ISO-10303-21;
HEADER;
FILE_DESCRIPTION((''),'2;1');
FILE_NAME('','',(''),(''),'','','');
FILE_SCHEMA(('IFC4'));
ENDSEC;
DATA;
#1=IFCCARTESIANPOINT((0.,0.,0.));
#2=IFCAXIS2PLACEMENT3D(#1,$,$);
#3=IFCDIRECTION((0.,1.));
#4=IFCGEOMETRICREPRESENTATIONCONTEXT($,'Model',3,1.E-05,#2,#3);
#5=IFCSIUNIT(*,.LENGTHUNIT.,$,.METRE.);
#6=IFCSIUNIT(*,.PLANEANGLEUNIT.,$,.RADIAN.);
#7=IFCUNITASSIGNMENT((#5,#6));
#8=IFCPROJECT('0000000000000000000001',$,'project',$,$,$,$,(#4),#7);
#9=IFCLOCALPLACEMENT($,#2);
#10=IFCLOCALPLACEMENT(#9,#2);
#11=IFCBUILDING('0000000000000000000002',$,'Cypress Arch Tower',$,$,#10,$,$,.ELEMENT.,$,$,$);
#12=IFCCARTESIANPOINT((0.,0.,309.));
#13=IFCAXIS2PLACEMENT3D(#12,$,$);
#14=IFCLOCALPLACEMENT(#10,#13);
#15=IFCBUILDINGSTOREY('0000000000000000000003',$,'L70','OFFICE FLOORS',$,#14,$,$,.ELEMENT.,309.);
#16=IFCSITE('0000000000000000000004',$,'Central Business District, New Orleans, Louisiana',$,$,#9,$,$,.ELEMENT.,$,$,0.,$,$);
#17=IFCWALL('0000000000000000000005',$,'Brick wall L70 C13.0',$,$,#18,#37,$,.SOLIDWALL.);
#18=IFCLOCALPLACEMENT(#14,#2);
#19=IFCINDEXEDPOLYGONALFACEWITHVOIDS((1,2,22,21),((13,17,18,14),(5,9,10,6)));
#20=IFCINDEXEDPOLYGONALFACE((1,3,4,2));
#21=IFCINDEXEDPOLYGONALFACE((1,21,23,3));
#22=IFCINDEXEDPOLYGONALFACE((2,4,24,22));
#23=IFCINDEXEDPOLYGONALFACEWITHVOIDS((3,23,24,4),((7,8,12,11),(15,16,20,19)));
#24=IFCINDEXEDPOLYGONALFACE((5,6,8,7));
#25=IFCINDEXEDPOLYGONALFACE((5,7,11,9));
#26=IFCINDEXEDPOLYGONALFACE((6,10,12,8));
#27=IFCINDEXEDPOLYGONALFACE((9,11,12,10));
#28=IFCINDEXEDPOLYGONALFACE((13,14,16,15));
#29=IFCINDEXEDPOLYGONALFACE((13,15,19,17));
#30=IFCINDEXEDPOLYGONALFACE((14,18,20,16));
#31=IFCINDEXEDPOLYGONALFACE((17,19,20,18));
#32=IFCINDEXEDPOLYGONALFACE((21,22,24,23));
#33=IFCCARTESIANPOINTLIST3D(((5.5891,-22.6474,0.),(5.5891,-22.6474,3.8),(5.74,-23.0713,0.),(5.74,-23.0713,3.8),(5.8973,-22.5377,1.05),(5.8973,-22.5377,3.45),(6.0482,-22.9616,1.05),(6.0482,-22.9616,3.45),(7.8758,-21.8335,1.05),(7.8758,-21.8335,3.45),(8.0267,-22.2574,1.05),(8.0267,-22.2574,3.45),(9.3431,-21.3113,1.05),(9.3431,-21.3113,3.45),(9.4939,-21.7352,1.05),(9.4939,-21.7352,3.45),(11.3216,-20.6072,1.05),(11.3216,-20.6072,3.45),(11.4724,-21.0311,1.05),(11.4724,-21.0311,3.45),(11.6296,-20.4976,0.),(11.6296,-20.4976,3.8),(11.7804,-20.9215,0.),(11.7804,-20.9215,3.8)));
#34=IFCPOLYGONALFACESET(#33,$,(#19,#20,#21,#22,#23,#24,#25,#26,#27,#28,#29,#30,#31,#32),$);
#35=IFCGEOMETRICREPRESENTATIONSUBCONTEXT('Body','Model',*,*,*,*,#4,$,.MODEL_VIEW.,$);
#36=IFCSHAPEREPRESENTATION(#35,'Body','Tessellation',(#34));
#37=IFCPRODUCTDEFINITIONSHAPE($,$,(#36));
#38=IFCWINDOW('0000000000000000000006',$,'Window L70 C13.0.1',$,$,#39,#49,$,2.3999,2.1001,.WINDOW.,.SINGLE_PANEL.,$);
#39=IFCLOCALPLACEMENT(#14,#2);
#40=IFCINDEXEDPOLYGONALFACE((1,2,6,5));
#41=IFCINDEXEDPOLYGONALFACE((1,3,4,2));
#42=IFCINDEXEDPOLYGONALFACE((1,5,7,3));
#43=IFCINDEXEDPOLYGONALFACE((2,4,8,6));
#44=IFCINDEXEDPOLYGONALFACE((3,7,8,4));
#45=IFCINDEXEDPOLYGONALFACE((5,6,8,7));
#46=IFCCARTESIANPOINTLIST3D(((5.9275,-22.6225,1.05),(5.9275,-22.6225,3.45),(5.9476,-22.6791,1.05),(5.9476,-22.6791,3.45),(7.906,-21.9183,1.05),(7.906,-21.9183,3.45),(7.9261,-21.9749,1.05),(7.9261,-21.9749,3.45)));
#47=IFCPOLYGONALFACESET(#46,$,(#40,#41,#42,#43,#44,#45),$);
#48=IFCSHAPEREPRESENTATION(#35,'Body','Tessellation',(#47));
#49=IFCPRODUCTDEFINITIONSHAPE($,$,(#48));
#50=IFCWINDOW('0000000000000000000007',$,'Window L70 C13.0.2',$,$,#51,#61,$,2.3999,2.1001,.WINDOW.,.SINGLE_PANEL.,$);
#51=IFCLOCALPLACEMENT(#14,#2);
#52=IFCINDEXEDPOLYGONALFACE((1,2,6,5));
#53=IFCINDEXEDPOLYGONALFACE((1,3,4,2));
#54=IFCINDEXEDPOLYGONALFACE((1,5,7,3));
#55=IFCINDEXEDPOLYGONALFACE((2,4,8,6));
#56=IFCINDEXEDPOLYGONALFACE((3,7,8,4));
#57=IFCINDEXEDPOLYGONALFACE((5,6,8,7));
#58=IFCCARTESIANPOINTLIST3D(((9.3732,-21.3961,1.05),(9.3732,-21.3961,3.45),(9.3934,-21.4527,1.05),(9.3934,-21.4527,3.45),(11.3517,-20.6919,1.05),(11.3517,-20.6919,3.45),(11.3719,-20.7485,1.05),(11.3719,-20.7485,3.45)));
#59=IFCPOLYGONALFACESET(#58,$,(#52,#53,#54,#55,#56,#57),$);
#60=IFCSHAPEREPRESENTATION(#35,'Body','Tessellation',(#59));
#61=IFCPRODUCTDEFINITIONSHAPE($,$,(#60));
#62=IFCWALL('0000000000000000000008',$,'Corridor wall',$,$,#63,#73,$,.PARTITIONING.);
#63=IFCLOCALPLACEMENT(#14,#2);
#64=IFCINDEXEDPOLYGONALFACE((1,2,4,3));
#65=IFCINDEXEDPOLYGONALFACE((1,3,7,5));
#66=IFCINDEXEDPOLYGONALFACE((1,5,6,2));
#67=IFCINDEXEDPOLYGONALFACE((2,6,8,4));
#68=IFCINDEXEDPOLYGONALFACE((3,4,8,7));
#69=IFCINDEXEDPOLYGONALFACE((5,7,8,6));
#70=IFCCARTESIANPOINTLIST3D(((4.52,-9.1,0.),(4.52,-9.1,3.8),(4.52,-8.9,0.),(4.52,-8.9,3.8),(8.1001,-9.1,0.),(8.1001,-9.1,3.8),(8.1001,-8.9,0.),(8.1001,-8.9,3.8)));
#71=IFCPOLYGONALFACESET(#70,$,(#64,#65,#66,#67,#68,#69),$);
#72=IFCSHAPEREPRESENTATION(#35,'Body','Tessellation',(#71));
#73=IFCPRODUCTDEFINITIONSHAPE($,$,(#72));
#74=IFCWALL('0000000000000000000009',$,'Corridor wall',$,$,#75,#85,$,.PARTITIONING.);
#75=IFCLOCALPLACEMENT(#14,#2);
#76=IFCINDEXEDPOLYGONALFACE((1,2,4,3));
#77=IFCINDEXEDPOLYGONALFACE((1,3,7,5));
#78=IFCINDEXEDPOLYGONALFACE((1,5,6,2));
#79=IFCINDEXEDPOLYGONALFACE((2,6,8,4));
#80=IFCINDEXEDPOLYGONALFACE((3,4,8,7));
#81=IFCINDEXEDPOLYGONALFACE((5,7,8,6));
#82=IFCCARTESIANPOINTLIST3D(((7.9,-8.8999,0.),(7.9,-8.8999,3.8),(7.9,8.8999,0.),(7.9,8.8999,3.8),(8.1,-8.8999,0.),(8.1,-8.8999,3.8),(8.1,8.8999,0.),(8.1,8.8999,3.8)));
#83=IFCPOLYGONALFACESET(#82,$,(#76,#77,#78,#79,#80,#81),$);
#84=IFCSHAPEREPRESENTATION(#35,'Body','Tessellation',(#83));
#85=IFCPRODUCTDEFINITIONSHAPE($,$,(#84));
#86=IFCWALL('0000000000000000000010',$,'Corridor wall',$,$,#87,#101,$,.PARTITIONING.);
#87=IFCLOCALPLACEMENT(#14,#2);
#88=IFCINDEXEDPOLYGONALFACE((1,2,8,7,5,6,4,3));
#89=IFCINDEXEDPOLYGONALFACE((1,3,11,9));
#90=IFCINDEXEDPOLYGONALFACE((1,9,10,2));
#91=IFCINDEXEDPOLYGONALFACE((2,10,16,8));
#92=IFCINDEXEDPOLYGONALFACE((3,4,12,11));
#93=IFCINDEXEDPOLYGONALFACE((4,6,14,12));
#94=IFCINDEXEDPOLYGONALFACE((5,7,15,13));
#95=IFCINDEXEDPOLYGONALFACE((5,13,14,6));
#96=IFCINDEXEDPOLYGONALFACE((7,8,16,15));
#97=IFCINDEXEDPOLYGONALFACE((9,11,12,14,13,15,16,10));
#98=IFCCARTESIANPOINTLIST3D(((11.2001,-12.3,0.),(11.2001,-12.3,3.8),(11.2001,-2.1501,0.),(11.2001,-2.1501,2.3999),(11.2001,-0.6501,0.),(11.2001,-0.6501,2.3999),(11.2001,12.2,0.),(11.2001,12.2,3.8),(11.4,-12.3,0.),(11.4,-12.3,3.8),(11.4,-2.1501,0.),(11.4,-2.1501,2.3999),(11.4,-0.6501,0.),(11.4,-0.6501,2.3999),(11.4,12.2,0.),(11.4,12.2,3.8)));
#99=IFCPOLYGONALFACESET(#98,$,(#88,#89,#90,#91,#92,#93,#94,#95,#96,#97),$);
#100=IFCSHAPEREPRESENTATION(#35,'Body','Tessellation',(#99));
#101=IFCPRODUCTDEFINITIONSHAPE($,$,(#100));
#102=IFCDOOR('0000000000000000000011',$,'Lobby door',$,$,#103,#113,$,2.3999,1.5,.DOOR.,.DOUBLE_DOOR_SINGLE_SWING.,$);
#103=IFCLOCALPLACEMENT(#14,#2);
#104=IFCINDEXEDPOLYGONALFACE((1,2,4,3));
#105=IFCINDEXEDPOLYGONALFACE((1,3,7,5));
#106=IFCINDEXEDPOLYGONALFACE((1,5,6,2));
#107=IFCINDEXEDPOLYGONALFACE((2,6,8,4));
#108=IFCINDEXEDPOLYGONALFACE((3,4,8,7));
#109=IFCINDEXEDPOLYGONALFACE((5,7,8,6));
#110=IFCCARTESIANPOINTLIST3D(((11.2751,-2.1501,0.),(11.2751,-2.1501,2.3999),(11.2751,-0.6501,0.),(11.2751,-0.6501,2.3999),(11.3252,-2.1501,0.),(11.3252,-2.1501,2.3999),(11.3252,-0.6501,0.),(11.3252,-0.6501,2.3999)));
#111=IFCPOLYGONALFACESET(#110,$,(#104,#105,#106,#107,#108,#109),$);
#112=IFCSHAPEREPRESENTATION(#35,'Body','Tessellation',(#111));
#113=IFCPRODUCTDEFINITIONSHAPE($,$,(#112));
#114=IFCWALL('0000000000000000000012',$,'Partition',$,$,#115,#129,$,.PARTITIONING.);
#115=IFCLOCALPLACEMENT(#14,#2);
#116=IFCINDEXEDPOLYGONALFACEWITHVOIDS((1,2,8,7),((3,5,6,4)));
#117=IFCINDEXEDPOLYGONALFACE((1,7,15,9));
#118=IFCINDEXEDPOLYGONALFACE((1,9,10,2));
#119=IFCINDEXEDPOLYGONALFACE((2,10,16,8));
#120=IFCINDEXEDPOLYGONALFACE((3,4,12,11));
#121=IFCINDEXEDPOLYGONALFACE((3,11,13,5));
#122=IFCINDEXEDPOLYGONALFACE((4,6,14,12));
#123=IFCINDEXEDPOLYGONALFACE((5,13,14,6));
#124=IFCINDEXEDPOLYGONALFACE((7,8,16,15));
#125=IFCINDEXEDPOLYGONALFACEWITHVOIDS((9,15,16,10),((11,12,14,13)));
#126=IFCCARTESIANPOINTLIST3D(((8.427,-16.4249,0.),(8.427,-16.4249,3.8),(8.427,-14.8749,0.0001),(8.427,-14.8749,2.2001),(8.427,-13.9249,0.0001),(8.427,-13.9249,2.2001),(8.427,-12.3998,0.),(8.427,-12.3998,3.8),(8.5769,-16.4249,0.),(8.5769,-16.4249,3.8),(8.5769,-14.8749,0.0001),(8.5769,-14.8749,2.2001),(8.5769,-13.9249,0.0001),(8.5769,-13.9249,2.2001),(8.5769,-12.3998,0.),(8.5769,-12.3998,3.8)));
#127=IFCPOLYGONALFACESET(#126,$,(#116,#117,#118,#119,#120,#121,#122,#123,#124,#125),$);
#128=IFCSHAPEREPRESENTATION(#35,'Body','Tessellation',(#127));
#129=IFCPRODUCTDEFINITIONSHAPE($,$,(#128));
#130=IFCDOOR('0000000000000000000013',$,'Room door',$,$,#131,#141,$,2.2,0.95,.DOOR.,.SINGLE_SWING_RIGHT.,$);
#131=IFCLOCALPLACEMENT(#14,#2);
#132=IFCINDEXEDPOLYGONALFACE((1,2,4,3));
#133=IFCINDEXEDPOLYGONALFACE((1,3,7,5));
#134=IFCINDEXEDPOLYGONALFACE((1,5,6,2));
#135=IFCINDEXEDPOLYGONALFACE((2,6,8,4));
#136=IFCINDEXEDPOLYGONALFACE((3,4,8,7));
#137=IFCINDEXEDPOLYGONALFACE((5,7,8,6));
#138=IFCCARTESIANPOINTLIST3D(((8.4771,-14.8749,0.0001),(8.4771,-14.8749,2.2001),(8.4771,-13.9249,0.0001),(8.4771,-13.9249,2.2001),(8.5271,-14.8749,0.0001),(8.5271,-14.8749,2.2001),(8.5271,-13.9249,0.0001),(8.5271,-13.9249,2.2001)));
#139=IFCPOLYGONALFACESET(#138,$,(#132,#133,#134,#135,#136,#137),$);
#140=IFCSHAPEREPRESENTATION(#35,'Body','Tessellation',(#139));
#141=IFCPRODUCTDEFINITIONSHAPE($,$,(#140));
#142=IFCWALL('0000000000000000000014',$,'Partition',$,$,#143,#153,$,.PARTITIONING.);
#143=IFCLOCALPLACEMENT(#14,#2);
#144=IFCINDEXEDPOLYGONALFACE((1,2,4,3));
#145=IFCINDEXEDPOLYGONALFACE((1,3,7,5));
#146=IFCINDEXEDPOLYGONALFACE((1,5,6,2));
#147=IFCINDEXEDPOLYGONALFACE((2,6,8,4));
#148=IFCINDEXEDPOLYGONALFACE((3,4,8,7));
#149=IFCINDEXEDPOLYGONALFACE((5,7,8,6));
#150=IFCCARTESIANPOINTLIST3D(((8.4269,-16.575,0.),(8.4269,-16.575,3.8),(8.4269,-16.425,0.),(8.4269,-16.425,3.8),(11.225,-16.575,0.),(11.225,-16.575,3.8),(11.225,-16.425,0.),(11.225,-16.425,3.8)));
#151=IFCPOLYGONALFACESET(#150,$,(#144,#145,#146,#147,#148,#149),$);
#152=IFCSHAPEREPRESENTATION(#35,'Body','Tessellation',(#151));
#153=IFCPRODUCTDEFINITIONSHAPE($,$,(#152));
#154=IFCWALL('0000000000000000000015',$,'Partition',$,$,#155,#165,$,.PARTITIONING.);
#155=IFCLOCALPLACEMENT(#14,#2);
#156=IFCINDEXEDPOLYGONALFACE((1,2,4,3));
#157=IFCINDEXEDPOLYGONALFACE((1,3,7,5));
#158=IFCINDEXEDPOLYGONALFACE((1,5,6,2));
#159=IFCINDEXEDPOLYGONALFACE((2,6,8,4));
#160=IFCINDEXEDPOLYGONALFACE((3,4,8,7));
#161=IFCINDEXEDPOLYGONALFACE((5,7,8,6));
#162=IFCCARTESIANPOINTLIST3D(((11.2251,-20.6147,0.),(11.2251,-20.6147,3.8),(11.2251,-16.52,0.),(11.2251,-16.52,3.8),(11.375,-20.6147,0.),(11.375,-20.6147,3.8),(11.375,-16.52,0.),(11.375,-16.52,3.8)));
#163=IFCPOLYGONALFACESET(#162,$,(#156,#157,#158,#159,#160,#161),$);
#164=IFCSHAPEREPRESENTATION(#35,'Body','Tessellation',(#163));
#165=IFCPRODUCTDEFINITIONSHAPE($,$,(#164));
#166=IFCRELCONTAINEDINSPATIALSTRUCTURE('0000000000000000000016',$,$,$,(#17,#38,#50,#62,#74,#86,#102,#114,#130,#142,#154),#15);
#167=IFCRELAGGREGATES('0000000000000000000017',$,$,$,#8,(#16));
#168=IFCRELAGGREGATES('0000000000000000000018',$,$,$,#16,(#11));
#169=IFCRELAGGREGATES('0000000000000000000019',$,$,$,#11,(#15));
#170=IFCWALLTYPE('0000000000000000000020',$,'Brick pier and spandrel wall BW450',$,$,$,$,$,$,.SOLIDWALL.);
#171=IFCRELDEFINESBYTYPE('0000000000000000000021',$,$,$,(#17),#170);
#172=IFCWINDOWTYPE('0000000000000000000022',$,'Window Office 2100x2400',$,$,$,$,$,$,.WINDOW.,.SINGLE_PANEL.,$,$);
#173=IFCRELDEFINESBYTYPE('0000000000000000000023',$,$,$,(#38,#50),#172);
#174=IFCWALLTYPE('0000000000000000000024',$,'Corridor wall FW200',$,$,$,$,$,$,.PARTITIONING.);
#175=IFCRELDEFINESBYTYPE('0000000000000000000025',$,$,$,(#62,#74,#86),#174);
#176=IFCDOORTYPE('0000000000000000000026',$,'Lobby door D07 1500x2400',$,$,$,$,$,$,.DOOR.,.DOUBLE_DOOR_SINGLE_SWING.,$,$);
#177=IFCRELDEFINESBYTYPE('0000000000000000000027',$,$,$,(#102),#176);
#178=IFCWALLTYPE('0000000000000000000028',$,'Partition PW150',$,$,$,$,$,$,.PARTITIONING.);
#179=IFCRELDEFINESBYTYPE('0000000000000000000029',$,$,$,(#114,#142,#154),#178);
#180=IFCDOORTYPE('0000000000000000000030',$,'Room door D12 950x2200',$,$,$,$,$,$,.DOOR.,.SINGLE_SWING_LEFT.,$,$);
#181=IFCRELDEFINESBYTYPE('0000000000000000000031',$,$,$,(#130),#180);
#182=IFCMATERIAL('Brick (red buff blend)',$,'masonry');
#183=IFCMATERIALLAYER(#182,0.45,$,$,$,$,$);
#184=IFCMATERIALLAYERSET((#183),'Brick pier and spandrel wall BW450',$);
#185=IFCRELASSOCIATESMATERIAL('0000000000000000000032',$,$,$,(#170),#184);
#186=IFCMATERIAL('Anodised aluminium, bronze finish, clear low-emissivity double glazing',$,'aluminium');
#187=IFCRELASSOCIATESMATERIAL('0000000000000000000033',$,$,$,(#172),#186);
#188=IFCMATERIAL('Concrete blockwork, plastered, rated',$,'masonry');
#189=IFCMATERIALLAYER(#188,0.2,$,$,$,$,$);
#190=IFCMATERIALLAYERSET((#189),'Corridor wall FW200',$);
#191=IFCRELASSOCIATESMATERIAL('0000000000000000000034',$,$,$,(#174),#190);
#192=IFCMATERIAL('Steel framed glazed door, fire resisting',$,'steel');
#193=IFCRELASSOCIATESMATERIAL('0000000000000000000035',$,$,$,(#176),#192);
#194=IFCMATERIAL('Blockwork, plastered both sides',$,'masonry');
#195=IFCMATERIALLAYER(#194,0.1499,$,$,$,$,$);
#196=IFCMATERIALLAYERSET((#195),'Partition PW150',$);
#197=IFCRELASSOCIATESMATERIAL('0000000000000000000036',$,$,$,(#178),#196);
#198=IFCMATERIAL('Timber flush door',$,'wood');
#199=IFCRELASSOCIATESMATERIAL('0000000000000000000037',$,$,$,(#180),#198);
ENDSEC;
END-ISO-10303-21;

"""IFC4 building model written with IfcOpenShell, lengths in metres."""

from ifc_helpers import new_model, si_unit, direction, frame, frame_2d, origin, place, context, subcontext, project, spatial, rectangle, extrude, material, layer, layer_set, type_object, element, fill, save


model = new_model("IFC4")

# Units and contexts
model_context = context("Model", 3, precision=1e-05, world=origin(), true_north=direction((0.0, 1.0)))
body_context = subcontext(model_context, "Body", "Model", "MODEL_VIEW")
ifc_project = project(units=[si_unit("LENGTHUNIT", "METRE"), si_unit("PLANEANGLEUNIT", "RADIAN")], contexts=[model_context])

# Site, building, storey
site_placement = place(None, origin())
site = spatial("IfcSite", under=ifc_project, at=site_placement, Name="Central Business District, New Orleans, Louisiana", CompositionType="ELEMENT", RefElevation=0.0)
building_placement = place(site_placement, origin())
building = spatial("IfcBuilding", under=site, at=building_placement, Name="Cypress Arch Tower", CompositionType="ELEMENT")
storey_placement = place(building_placement, frame((0.0, 0.0, 309.0)))
storey = spatial("IfcBuildingStorey", under=building, at=storey_placement, Name="L70", Description="OFFICE FLOORS", CompositionType="ELEMENT", Elevation=309.0)

# Wall, openings, windows
ifc_material_1 = material(Name="Brick (red buff blend)", Category="masonry")
ifc_layer_1 = layer(ifc_material_1, 0.45)
ifc_layer_set_1 = layer_set([ifc_layer_1], Name="Brick pier and spandrel wall BW450")
wall_type_1 = type_object("IfcWallType", Name="Brick pier and spandrel wall BW450", PredefinedType="SOLIDWALL", material=ifc_layer_set_1)
wall_1_placement = place(storey_placement, frame((5.6646, -22.8594, 0.0), z_axis=(0.0, 0.0, 1.0), x_axis=(0.942108, 0.335309, 0.0)))
wall_1 = element("IfcWall", 1, at=wall_1_placement, inside=storey, type_object=wall_type_1, Name="Brick wall L70 C13.0", PredefinedType="SOLIDWALL", context=body_context, shape_type="SweptSolid", body=[
    extrude(rectangle(XDim=6.4116, YDim=0.45, at=frame_2d((3.2058, 0.0))), origin(), (0.0, 0.0, 1.0), 3.8),
])
opening_1_placement = place(wall_1_placement, frame((0.3271, 0.0, 1.05)))
opening_1 = element("IfcOpeningElement", 2, at=opening_1_placement, cuts=wall_1, PredefinedType="OPENING", context=body_context, shape_type="SweptSolid", body=[
    extrude(rectangle(XDim=2.1001, YDim=2.3999, at=frame_2d((1.05, 1.2))), frame((0.0, 0.2349, 0.0), z_axis=(0.0, -1.0, 0.0), x_axis=(1.0, 0.0, 0.0)), (0.0, 0.0, 1.0), 0.47),
])
opening_2_placement = place(wall_1_placement, frame((3.9846, 0.0, 1.05)))
opening_2 = element("IfcOpeningElement", 3, at=opening_2_placement, cuts=wall_1, PredefinedType="OPENING", context=body_context, shape_type="SweptSolid", body=[
    extrude(rectangle(XDim=2.1001, YDim=2.3999, at=frame_2d((1.05, 1.2))), frame((0.0, 0.2349, 0.0), z_axis=(0.0, -1.0, 0.0), x_axis=(1.0, 0.0, 0.0)), (0.0, 0.0, 1.0), 0.47),
])
ifc_material_2 = material(Name="Anodised aluminium, bronze finish, clear low-emissivity double glazing", Category="aluminium")
window_type = type_object("IfcWindowType", Name="Window Office 2100x2400", PartitioningType="SINGLE_PANEL", PredefinedType="WINDOW", material=ifc_material_2)
window_1_placement = place(opening_1_placement, origin())
window_1 = element("IfcWindow", 4, at=window_1_placement, inside=storey, type_object=window_type, Name="Window L70 C13.0.1", OverallHeight=2.3999, OverallWidth=2.1001, PartitioningType="SINGLE_PANEL", PredefinedType="WINDOW", context=body_context, shape_type="SweptSolid", body=[
    extrude(rectangle(XDim=2.1001, YDim=2.3999, at=frame_2d((1.05, 1.2))), frame((0.0, 0.135, 0.0), z_axis=(0.0, -1.0, 0.0), x_axis=(1.0, 0.0, 0.0)), (0.0, 0.0, 1.0), 0.0601),
])
fill(opening_1, window_1)
window_2_placement = place(opening_2_placement, origin())
window_2 = element("IfcWindow", 5, at=window_2_placement, inside=storey, type_object=window_type, Name="Window L70 C13.0.2", OverallHeight=2.3999, OverallWidth=2.1001, PartitioningType="SINGLE_PANEL", PredefinedType="WINDOW", context=body_context, shape_type="SweptSolid", body=[
    extrude(rectangle(XDim=2.1001, YDim=2.3999, at=frame_2d((1.05, 1.2))), frame((0.0, 0.135, 0.0), z_axis=(0.0, -1.0, 0.0), x_axis=(1.0, 0.0, 0.0)), (0.0, 0.0, 1.0), 0.0601),
])
fill(opening_2, window_2)

# Walls
ifc_material_3 = material(Name="Concrete blockwork, plastered, rated", Category="masonry")
ifc_layer_2 = layer(ifc_material_3, 0.2)
ifc_layer_set_2 = layer_set([ifc_layer_2], Name="Corridor wall FW200")
wall_type_2 = type_object("IfcWallType", Name="Corridor wall FW200", PredefinedType="PARTITIONING", material=ifc_layer_set_2)
wall_2_placement = place(storey_placement, frame((4.52, -9.0, 0.0), z_axis=(0.0, 0.0, 1.0), x_axis=(1.0, 0.0, 0.0)))
element("IfcWall", 6, at=wall_2_placement, inside=storey, type_object=wall_type_2, Name="Corridor wall", PredefinedType="PARTITIONING", context=body_context, shape_type="SweptSolid", body=[
    extrude(rectangle(XDim=3.5801, YDim=0.2, at=frame_2d((1.79, 0.0))), origin(), (0.0, 0.0, 1.0), 3.8),
])
wall_3_placement = place(storey_placement, frame((8.0, -8.8999, 0.0), z_axis=(0.0, 0.0, 1.0), x_axis=(0.0, 1.0, 0.0)))
element("IfcWall", 7, at=wall_3_placement, inside=storey, type_object=wall_type_2, Name="Corridor wall", PredefinedType="PARTITIONING", context=body_context, shape_type="SweptSolid", body=[
    extrude(rectangle(XDim=17.7998, YDim=0.2, at=frame_2d((8.8999, 0.0))), origin(), (0.0, 0.0, 1.0), 3.8),
])

# Walls, openings, doors
wall_4_placement = place(storey_placement, frame((11.3, -12.3, 0.0), z_axis=(0.0, 0.0, 1.0), x_axis=(0.0, 1.0, 0.0)))
wall_4 = element("IfcWall", 8, at=wall_4_placement, inside=storey, type_object=wall_type_2, Name="Corridor wall", PredefinedType="PARTITIONING", context=body_context, shape_type="SweptSolid", body=[
    extrude(rectangle(XDim=24.5, YDim=0.2, at=frame_2d((12.25, 0.0))), origin(), (0.0, 0.0, 1.0), 3.8),
])
opening_3_placement = place(wall_4_placement, frame((10.1499, 0.0, 0.0)))
opening_3 = element("IfcOpeningElement", 9, at=opening_3_placement, cuts=wall_4, PredefinedType="OPENING", context=body_context, shape_type="SweptSolid", body=[
    extrude(rectangle(XDim=1.5, YDim=2.3999, at=frame_2d((0.75, 1.2))), frame((0.0, 0.1099, 0.0), z_axis=(0.0, -1.0, 0.0), x_axis=(1.0, 0.0, 0.0)), (0.0, 0.0, 1.0), 0.22),
])
ifc_material_4 = material(Name="Steel framed glazed door, fire resisting", Category="steel")
door_type_1 = type_object("IfcDoorType", Name="Lobby door D07 1500x2400", OperationType="DOUBLE_DOOR_SINGLE_SWING", PredefinedType="DOOR", material=ifc_material_4)
door_1_placement = place(opening_3_placement, origin())
door_1 = element("IfcDoor", 10, at=door_1_placement, inside=storey, type_object=door_type_1, Name="Lobby door", OperationType="DOUBLE_DOOR_SINGLE_SWING", OverallHeight=2.3999, OverallWidth=1.5, PredefinedType="DOOR", context=body_context, shape_type="SweptSolid", body=[
    extrude(rectangle(XDim=1.5, YDim=2.3999, at=frame_2d((0.75, 1.2))), frame((0.0, 0.0249, 0.0), z_axis=(0.0, -1.0, 0.0), x_axis=(1.0, 0.0, 0.0)), (0.0, 0.0, 1.0), 0.05),
])
fill(opening_3, door_1)
ifc_material_5 = material(Name="Blockwork, plastered both sides", Category="masonry")
ifc_layer_3 = layer(ifc_material_5, 0.1499)
ifc_layer_set_3 = layer_set([ifc_layer_3], Name="Partition PW150")
wall_type_3 = type_object("IfcWallType", Name="Partition PW150", PredefinedType="PARTITIONING", material=ifc_layer_set_3)
wall_5_placement = place(storey_placement, frame((8.502, -16.425, 0.0), z_axis=(0.0, 0.0, 1.0), x_axis=(0.0, 1.0, 0.0)))
wall_5 = element("IfcWall", 11, at=wall_5_placement, inside=storey, type_object=wall_type_3, Name="Partition", PredefinedType="PARTITIONING", context=body_context, shape_type="SweptSolid", body=[
    extrude(rectangle(XDim=4.0251, YDim=0.1499, at=frame_2d((2.0127, 0.0))), origin(), (0.0, 0.0, 1.0), 3.8),
])
opening_4_placement = place(wall_5_placement, frame((1.55, 0.0, 0.0)))
opening_4 = element("IfcOpeningElement", 12, at=opening_4_placement, cuts=wall_5, PredefinedType="OPENING", context=body_context, shape_type="SweptSolid", body=[
    extrude(rectangle(XDim=0.95, YDim=2.2, at=frame_2d((0.4751, 1.1001))), frame((0.0, 0.085, 0.0), z_axis=(0.0, -1.0, 0.0), x_axis=(1.0, 0.0, 0.0)), (0.0, 0.0, 1.0), 0.1699),
])
ifc_material_6 = material(Name="Timber flush door", Category="wood")
door_type_2 = type_object("IfcDoorType", Name="Room door D12 950x2200", OperationType="SINGLE_SWING_LEFT", PredefinedType="DOOR", material=ifc_material_6)
door_2_placement = place(opening_4_placement, origin())
door_2 = element("IfcDoor", 13, at=door_2_placement, inside=storey, type_object=door_type_2, Name="Room door", OperationType="SINGLE_SWING_RIGHT", OverallHeight=2.2, OverallWidth=0.95, PredefinedType="DOOR", context=body_context, shape_type="SweptSolid", body=[
    extrude(rectangle(XDim=0.95, YDim=2.2, at=frame_2d((0.4751, 1.1001))), frame((0.0, 0.0249, 0.0), z_axis=(0.0, -1.0, 0.0), x_axis=(1.0, 0.0, 0.0)), (0.0, 0.0, 1.0), 0.05),
])
fill(opening_4, door_2)

# Walls
wall_6_placement = place(storey_placement, frame((8.427, -16.5, 0.0), z_axis=(0.0, 0.0, 1.0), x_axis=(1.0, 0.0, 0.0)))
element("IfcWall", 14, at=wall_6_placement, inside=storey, type_object=wall_type_3, Name="Partition", PredefinedType="PARTITIONING", context=body_context, shape_type="SweptSolid", body=[
    extrude(rectangle(XDim=2.7981, YDim=0.1499, at=frame_2d((1.3989, 0.0))), origin(), (0.0, 0.0, 1.0), 3.8),
])
wall_7_placement = place(storey_placement, frame((11.3, -20.6147, 0.0), z_axis=(0.0, 0.0, 1.0), x_axis=(0.0, 1.0, 0.0)))
element("IfcWall", 15, at=wall_7_placement, inside=storey, type_object=wall_type_3, Name="Partition", PredefinedType="PARTITIONING", context=body_context, shape_type="SweptSolid", body=[
    extrude(rectangle(XDim=4.0947, YDim=0.1499, at=frame_2d((2.0474, 0.0))), origin(), (0.0, 0.0, 1.0), 3.8),
])

save(model, "model.ifc")
